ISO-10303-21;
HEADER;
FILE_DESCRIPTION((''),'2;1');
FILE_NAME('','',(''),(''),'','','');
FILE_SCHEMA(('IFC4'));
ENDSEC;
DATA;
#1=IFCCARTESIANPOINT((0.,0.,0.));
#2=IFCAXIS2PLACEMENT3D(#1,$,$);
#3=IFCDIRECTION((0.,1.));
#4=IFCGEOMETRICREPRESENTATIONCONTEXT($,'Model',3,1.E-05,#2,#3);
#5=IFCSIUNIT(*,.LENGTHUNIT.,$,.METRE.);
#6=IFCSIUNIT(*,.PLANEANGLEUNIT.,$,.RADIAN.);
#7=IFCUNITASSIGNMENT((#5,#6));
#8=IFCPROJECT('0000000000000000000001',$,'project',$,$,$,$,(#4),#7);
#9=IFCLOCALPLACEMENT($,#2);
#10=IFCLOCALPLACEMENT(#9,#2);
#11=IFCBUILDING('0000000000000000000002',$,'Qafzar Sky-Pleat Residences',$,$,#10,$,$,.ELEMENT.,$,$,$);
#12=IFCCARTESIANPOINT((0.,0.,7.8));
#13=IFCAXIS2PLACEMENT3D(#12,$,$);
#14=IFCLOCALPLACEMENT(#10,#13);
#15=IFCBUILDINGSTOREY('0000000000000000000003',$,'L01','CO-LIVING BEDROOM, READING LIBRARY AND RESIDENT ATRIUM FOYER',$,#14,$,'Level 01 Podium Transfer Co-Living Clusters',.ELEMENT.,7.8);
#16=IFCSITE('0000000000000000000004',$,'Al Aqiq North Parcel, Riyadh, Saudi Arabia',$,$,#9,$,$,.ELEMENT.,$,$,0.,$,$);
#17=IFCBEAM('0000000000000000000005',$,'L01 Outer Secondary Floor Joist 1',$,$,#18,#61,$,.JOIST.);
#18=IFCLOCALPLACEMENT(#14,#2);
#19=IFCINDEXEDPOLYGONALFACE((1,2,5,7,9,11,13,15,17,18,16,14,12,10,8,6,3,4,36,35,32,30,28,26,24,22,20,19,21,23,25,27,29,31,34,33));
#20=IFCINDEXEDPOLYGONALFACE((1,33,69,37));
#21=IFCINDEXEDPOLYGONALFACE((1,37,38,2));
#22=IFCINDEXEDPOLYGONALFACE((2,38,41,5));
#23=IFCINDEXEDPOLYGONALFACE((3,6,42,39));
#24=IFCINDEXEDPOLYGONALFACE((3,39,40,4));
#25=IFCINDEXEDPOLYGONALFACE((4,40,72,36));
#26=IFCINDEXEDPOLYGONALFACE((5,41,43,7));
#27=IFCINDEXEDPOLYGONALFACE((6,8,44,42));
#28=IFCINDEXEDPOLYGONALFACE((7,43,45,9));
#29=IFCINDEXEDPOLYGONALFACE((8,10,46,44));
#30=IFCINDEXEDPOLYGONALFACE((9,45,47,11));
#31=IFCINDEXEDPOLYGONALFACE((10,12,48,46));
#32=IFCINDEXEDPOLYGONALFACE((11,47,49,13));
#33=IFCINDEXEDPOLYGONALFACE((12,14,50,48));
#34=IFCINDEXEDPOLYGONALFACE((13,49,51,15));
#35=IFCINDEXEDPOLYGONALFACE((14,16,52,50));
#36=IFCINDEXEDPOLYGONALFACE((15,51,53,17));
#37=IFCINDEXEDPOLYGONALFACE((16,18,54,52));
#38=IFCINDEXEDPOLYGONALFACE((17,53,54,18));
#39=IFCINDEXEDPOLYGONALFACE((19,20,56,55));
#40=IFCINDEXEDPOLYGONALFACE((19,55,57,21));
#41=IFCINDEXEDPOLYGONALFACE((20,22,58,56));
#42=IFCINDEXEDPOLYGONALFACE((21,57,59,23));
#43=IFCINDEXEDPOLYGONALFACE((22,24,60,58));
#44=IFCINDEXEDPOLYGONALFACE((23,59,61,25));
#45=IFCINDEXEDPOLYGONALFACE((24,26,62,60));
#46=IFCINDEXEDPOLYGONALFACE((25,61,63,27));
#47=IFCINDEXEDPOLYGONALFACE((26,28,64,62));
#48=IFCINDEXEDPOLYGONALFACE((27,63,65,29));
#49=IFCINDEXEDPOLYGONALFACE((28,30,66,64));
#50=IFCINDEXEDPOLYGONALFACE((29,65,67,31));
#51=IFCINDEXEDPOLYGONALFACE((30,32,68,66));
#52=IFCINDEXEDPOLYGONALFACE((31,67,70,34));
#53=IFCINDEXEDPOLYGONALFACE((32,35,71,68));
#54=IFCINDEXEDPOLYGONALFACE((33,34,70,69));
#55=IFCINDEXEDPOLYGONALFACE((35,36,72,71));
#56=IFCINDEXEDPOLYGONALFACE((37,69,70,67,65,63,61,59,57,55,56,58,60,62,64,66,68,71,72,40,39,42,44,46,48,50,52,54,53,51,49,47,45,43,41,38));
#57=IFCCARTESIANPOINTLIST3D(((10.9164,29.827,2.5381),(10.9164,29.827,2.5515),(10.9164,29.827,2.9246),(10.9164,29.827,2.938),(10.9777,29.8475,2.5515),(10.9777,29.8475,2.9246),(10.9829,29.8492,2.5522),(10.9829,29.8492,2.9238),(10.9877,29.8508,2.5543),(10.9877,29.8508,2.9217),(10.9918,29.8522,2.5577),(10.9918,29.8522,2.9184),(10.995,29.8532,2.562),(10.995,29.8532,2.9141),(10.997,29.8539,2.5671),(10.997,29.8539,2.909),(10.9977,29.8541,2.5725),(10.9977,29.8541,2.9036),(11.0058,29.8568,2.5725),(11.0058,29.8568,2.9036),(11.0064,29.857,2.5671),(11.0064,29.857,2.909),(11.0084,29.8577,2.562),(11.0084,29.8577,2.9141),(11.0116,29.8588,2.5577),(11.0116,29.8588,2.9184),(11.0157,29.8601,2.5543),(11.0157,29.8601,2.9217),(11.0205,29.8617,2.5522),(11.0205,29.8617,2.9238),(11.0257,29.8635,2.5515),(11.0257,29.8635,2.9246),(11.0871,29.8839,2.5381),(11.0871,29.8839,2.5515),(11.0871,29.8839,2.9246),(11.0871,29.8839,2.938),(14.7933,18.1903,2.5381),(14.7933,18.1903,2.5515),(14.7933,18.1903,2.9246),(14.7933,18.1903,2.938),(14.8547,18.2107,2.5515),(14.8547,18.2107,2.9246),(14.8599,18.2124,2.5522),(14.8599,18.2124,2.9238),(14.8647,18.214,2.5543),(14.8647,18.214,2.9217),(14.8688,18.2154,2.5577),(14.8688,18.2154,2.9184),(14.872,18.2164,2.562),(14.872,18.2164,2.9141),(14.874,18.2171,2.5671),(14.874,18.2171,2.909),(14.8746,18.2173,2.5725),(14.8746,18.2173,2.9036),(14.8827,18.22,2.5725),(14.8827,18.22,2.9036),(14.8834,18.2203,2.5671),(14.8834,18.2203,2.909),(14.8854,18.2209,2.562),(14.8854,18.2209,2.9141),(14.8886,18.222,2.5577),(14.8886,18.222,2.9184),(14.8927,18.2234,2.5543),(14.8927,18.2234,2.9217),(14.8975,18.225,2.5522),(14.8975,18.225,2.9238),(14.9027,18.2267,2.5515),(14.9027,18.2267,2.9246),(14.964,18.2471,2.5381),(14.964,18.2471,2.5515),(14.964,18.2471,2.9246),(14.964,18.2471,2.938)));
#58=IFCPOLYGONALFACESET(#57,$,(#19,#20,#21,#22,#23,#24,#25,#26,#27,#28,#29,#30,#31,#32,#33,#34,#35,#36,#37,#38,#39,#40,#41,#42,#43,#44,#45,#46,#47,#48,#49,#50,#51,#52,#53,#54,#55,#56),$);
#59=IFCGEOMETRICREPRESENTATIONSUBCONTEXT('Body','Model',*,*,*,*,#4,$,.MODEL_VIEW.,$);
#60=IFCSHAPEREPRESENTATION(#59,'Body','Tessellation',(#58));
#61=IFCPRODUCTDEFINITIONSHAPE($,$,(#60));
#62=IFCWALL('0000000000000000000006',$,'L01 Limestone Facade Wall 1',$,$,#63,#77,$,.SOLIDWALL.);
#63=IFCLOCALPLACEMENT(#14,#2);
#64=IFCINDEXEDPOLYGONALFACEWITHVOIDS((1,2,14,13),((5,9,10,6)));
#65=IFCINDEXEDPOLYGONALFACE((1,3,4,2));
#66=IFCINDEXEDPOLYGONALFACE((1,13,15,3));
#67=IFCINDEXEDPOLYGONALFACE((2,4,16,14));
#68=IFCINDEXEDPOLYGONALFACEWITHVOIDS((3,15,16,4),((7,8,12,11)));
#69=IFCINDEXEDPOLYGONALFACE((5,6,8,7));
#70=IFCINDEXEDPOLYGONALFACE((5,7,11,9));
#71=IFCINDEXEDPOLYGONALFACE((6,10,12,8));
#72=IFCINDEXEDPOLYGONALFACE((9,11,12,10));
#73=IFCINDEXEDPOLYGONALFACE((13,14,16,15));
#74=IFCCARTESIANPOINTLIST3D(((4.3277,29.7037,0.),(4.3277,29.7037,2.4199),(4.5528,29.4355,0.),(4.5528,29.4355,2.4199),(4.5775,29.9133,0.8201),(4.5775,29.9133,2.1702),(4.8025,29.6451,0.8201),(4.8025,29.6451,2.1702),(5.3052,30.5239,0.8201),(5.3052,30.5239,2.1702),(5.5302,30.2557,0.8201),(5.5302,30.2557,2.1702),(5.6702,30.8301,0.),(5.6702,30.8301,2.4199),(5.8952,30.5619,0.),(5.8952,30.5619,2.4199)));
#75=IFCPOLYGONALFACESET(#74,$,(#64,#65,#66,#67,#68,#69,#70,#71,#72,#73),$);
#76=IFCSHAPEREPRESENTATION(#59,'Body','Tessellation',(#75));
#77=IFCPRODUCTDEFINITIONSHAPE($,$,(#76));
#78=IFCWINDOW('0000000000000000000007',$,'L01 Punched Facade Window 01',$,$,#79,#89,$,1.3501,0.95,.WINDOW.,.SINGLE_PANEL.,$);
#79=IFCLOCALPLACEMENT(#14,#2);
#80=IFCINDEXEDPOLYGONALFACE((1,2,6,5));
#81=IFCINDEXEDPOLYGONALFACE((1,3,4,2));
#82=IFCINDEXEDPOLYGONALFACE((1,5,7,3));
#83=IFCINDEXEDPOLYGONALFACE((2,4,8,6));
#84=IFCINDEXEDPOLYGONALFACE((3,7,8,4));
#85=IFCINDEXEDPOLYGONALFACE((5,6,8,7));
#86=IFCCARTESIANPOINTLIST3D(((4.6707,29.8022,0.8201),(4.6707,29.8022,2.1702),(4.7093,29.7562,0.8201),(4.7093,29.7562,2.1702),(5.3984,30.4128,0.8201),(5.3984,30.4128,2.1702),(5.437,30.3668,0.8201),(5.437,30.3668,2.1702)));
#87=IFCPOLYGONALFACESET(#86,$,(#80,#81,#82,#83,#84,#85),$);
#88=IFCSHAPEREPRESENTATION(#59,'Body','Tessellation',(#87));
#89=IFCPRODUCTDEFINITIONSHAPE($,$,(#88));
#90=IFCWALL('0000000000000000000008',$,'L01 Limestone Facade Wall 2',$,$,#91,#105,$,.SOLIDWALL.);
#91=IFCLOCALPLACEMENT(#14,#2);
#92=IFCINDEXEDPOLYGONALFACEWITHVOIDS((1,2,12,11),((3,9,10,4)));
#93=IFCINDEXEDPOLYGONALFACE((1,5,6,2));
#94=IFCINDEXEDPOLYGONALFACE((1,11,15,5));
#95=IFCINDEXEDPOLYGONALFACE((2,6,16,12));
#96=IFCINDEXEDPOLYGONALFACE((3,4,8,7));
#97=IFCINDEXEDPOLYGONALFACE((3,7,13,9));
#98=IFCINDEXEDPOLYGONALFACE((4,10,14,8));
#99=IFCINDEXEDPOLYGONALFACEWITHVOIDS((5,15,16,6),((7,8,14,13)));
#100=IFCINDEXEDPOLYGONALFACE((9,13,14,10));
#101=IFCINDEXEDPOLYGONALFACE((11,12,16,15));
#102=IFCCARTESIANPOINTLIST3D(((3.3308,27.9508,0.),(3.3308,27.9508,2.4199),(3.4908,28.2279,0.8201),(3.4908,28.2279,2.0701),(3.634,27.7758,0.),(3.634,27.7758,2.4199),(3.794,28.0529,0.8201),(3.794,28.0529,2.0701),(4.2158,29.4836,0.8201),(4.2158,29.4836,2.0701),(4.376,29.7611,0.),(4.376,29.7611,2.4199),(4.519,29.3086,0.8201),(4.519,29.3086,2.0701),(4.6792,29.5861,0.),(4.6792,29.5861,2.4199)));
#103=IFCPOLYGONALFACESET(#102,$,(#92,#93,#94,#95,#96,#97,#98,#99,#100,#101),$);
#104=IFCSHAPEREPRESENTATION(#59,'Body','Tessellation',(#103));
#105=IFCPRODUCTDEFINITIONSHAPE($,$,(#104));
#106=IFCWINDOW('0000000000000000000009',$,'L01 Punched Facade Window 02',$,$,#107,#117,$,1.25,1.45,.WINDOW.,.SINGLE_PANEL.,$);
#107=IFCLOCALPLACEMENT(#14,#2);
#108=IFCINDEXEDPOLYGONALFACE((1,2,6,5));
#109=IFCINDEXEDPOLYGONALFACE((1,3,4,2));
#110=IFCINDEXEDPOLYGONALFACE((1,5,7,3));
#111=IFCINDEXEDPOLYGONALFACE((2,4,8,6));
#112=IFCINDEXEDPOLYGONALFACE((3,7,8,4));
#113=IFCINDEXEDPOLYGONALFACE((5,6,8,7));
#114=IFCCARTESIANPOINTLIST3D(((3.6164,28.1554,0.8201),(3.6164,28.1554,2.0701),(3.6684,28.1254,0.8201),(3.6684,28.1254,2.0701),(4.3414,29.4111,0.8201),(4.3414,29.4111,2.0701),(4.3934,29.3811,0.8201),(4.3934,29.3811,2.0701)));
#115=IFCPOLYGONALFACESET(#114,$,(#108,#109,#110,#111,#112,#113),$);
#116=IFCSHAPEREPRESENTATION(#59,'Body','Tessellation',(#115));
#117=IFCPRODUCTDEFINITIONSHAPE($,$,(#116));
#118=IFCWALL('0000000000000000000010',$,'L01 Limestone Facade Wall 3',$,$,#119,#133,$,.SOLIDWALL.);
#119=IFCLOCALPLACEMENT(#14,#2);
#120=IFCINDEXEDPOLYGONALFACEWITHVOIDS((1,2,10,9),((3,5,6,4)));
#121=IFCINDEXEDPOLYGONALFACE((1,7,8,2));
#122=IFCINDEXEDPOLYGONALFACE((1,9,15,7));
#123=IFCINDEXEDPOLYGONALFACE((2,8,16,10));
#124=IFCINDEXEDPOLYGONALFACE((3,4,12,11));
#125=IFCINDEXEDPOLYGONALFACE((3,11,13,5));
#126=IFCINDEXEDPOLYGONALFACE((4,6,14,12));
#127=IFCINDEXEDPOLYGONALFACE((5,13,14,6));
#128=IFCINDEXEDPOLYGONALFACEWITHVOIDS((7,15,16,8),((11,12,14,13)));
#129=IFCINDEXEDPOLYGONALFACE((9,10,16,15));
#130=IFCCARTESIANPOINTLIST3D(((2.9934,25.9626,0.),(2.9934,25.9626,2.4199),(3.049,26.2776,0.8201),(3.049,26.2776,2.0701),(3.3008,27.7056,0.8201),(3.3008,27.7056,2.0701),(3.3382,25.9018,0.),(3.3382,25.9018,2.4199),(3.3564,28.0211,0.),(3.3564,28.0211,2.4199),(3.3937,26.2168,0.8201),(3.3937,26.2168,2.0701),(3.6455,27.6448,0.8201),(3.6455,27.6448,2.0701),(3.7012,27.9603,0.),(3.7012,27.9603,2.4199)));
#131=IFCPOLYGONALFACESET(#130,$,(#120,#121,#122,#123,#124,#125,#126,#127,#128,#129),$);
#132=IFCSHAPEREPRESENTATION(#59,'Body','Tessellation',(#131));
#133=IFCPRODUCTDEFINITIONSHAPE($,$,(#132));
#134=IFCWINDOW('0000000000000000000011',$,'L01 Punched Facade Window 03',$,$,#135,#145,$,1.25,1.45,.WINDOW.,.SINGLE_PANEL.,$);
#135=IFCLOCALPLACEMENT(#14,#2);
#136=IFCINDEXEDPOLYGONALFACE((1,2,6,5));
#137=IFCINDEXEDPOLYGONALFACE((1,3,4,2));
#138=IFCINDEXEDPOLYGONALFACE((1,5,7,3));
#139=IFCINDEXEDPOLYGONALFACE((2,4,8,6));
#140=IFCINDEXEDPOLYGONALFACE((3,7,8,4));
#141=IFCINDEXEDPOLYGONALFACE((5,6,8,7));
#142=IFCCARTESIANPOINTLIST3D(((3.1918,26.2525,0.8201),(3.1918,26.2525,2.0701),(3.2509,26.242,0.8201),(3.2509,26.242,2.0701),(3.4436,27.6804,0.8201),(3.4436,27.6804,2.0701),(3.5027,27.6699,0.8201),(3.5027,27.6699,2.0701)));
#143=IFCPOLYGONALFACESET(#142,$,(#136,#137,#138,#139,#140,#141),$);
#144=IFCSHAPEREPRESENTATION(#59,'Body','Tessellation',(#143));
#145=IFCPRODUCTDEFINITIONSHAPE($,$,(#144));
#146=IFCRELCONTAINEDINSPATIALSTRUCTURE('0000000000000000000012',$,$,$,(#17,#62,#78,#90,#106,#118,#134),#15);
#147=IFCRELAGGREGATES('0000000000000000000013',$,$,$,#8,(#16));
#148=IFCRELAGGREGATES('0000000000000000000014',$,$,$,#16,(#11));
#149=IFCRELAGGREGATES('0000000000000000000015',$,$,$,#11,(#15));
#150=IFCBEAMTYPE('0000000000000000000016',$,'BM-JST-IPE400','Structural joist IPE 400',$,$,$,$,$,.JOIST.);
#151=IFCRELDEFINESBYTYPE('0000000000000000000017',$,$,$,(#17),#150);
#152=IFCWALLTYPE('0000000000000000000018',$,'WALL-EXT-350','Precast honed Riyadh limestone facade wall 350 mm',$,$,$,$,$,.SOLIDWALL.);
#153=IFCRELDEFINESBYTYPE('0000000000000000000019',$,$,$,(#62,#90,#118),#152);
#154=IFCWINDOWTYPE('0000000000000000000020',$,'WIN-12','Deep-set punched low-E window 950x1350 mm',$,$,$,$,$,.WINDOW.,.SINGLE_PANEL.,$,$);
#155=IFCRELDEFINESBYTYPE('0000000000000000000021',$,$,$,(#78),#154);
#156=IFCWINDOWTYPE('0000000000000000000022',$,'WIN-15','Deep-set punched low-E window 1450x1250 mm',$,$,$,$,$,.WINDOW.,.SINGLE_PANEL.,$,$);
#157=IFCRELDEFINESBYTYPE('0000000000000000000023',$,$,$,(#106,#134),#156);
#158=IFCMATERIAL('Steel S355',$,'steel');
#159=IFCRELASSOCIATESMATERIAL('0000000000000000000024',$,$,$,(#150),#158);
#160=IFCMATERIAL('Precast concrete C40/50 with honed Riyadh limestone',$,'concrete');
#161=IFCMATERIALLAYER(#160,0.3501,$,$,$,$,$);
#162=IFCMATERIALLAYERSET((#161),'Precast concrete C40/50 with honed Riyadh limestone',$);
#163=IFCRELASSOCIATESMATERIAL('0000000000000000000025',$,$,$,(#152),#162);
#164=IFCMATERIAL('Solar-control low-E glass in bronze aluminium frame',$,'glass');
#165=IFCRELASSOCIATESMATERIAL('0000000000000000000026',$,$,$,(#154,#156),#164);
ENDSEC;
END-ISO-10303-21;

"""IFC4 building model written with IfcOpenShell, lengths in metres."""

from ifc_helpers import new_model, si_unit, direction, frame, frame_2d, origin, origin_2d, place, context, subcontext, project, spatial, rectangle, i_section, extrude, source, transform, mapped, material, layer, layer_set, material_profile, profile_set, type_object, element, fill, save


model = new_model("IFC4")

# Units and contexts
model_context = context("Model", 3, precision=1e-05, world=origin(), true_north=direction((0.0, 1.0)))
body_context = subcontext(model_context, "Body", "Model", "MODEL_VIEW")
ifc_project = project(units=[si_unit("LENGTHUNIT", "METRE"), si_unit("PLANEANGLEUNIT", "RADIAN")], contexts=[model_context])

# Site, building, storey
site_placement = place(None, origin())
site = spatial("IfcSite", under=ifc_project, at=site_placement, Name="Al Aqiq North Parcel, Riyadh, Saudi Arabia", CompositionType="ELEMENT", RefElevation=0.0)
building_placement = place(site_placement, origin())
building = spatial("IfcBuilding", under=site, at=building_placement, Name="Qafzar Sky-Pleat Residences", CompositionType="ELEMENT")
storey_placement = place(building_placement, frame((0.0, 0.0, 7.8)))
storey = spatial("IfcBuildingStorey", under=building, at=storey_placement, Name="L01", Description="CO-LIVING BEDROOM, READING LIBRARY AND RESIDENT ATRIUM FOYER", LongName="Level 01 Podium Transfer Co-Living Clusters", CompositionType="ELEMENT", Elevation=7.8)

# Beam
ifc_material_1 = material(Name="Steel S355", Category="steel")
ifc_material_profile_1 = material_profile(ifc_material_1, i_section(OverallWidth=0.1799, OverallDepth=0.3999, WebThickness=0.0085, FlangeThickness=0.0134, FilletRadius=0.021, at=origin_2d()), Name="IPE 400")
ifc_profile_set_1 = profile_set([ifc_material_profile_1], Name="Steel S355")
beam_type_1 = type_object("IfcBeamType", Name="BM-JST-IPE400", Description="Structural joist IPE 400", PredefinedType="JOIST", material=ifc_profile_set_1)
shared_shape_1 = source(origin(), body_context, "Body", "SweptSolid", [
    extrude(i_section(OverallWidth=0.1799, OverallDepth=0.3999, WebThickness=0.0085, FlangeThickness=0.0134, FilletRadius=0.021, at=origin_2d()), origin(), (0.0, 0.0, 1.0), 12.2656),
])
beam_1_placement = place(storey_placement, frame((11.0017, 29.8555, 2.738), z_axis=(0.316084, -0.948731, 0.0), x_axis=(0.948731, 0.316084, 0.0)))
element("IfcBeam", 1, at=beam_1_placement, inside=storey, type_object=beam_type_1, Name="L01 Outer Secondary Floor Joist 1", PredefinedType="JOIST", context=body_context, shape_type="MappedRepresentation", body=[
    mapped(shared_shape_1, transform((0.0, 0.0, 0.0), x_axis=(1.0, 0.0, 0.0), y_axis=(0.0, 1.0, 0.0), z_axis=(0.0, 0.0, 1.0), scale=1.0)),
])

# Walls, openings, windows
ifc_material_2 = material(Name="Precast concrete C40/50 with honed Riyadh limestone", Category="concrete")
ifc_layer_1 = layer(ifc_material_2, 0.3501)
ifc_layer_set_1 = layer_set([ifc_layer_1], Name="Precast concrete C40/50 with honed Riyadh limestone")
wall_type_1 = type_object("IfcWallType", Name="WALL-EXT-350", Description="Precast honed Riyadh limestone facade wall 350 mm", PredefinedType="SOLIDWALL", material=ifc_layer_set_1)
wall_1_placement = place(storey_placement, frame((5.7827, 30.696, 0.0), z_axis=(0.0, 0.0, 1.0), x_axis=(-0.766059, -0.642771, 0.0)))
wall_1 = element("IfcWall", 2, at=wall_1_placement, inside=storey, type_object=wall_type_1, Name="L01 Limestone Facade Wall 1", PredefinedType="SOLIDWALL", context=body_context, shape_type="SweptSolid", body=[
    extrude(rectangle(XDim=1.7524, YDim=0.3501, at=frame_2d((0.8762, 0.0))), origin(), (0.0, 0.0, 1.0), 2.4199),
])
opening_1_placement = place(wall_1_placement, frame((0.4763, 0.0, 0.8201)))
opening_1 = element("IfcOpeningElement", 3, at=opening_1_placement, cuts=wall_1, PredefinedType="OPENING", context=body_context, shape_type="SweptSolid", body=[
    extrude(rectangle(XDim=0.95, YDim=1.3501, at=frame_2d((0.4751, 0.675))), frame((0.0, 0.1851, 0.0), z_axis=(0.0, -1.0, 0.0), x_axis=(1.0, 0.0, 0.0)), (0.0, 0.0, 1.0), 0.3701),
])
ifc_material_3 = material(Name="Solar-control low-E glass in bronze aluminium frame", Category="glass")
window_type_1 = type_object("IfcWindowType", Name="WIN-12", Description="Deep-set punched low-E window 950x1350 mm", PartitioningType="SINGLE_PANEL", PredefinedType="WINDOW", material=ifc_material_3)
shared_shape_2 = source(origin(), body_context, "Body", "SweptSolid", [
    extrude(rectangle(XDim=0.95, YDim=1.3501, at=frame_2d((0.4751, 0.675))), frame((0.0, 0.03, 0.0), z_axis=(0.0, -1.0, 0.0), x_axis=(1.0, 0.0, 0.0)), (0.0, 0.0, 1.0), 0.0601),
])
window_1_placement = place(opening_1_placement, origin())
window_1 = element("IfcWindow", 4, at=window_1_placement, inside=storey, type_object=window_type_1, Name="L01 Punched Facade Window 01", OverallHeight=1.3501, OverallWidth=0.95, PartitioningType="SINGLE_PANEL", PredefinedType="WINDOW", context=body_context, shape_type="MappedRepresentation", body=[
    mapped(shared_shape_2, transform((0.0, 0.0, 0.0), x_axis=(1.0, 0.0, 0.0), y_axis=(0.0, 1.0, 0.0), z_axis=(0.0, 0.0, 1.0), scale=1.0)),
])
fill(opening_1, window_1)
wall_2_placement = place(storey_placement, frame((4.5276, 29.6736, 0.0), z_axis=(0.0, 0.0, 1.0), x_axis=(-0.499995, -0.866028, 0.0)))
wall_2 = element("IfcWall", 5, at=wall_2_placement, inside=storey, type_object=wall_type_1, Name="L01 Limestone Facade Wall 2", PredefinedType="SOLIDWALL", context=body_context, shape_type="SweptSolid", body=[
    extrude(rectangle(XDim=2.0903, YDim=0.3501, at=frame_2d((1.0452, 0.0))), origin(), (0.0, 0.0, 1.0), 2.4199),
])
opening_2_placement = place(wall_2_placement, frame((0.3203, 0.0, 0.8201)))
opening_2 = element("IfcOpeningElement", 6, at=opening_2_placement, cuts=wall_2, PredefinedType="OPENING", context=body_context, shape_type="SweptSolid", body=[
    extrude(rectangle(XDim=1.45, YDim=1.25, at=frame_2d((0.7251, 0.625))), frame((0.0, 0.1851, 0.0), z_axis=(0.0, -1.0, 0.0), x_axis=(1.0, 0.0, 0.0)), (0.0, 0.0, 1.0), 0.3701),
])
window_type_2 = type_object("IfcWindowType", Name="WIN-15", Description="Deep-set punched low-E window 1450x1250 mm", PartitioningType="SINGLE_PANEL", PredefinedType="WINDOW", material=ifc_material_3)
shared_shape_3 = source(origin(), body_context, "Body", "SweptSolid", [
    extrude(rectangle(XDim=1.45, YDim=1.25, at=frame_2d((0.7251, 0.625))), frame((0.0, 0.03, 0.0), z_axis=(0.0, -1.0, 0.0), x_axis=(1.0, 0.0, 0.0)), (0.0, 0.0, 1.0), 0.0601),
])
window_2_placement = place(opening_2_placement, origin())
window_2 = element("IfcWindow", 7, at=window_2_placement, inside=storey, type_object=window_type_2, Name="L01 Punched Facade Window 02", OverallHeight=1.25, OverallWidth=1.45, PartitioningType="SINGLE_PANEL", PredefinedType="WINDOW", context=body_context, shape_type="MappedRepresentation", body=[
    mapped(shared_shape_3, transform((0.0, 0.0, 0.0), x_axis=(1.0, 0.0, 0.0), y_axis=(0.0, 1.0, 0.0), z_axis=(0.0, 0.0, 1.0), scale=1.0)),
])
fill(opening_2, window_2)
wall_3_placement = place(storey_placement, frame((3.5288, 27.9907, 0.0), z_axis=(0.0, 0.0, 1.0), x_axis=(-0.173672, -0.984804, 0.0)))
wall_3 = element("IfcWall", 8, at=wall_3_placement, inside=storey, type_object=wall_type_1, Name="L01 Limestone Facade Wall 3", PredefinedType="SOLIDWALL", context=body_context, shape_type="SweptSolid", body=[
    extrude(rectangle(XDim=2.0903, YDim=0.3501, at=frame_2d((1.0452, 0.0))), origin(), (0.0, 0.0, 1.0), 2.4199),
])
opening_3_placement = place(wall_3_placement, frame((0.3203, 0.0, 0.8201)))
opening_3 = element("IfcOpeningElement", 9, at=opening_3_placement, cuts=wall_3, PredefinedType="OPENING", context=body_context, shape_type="SweptSolid", body=[
    extrude(rectangle(XDim=1.45, YDim=1.25, at=frame_2d((0.7251, 0.625))), frame((0.0, 0.1851, 0.0), z_axis=(0.0, -1.0, 0.0), x_axis=(1.0, 0.0, 0.0)), (0.0, 0.0, 1.0), 0.3701),
])
window_3_placement = place(opening_3_placement, origin())
window_3 = element("IfcWindow", 10, at=window_3_placement, inside=storey, type_object=window_type_2, Name="L01 Punched Facade Window 03", OverallHeight=1.25, OverallWidth=1.45, PartitioningType="SINGLE_PANEL", PredefinedType="WINDOW", context=body_context, shape_type="MappedRepresentation", body=[
    mapped(shared_shape_3, transform((0.0, 0.0, 0.0), x_axis=(1.0, 0.0, 0.0), y_axis=(0.0, 1.0, 0.0), z_axis=(0.0, 0.0, 1.0), scale=1.0)),
])
fill(opening_3, window_3)

save(model, "model.ifc")
